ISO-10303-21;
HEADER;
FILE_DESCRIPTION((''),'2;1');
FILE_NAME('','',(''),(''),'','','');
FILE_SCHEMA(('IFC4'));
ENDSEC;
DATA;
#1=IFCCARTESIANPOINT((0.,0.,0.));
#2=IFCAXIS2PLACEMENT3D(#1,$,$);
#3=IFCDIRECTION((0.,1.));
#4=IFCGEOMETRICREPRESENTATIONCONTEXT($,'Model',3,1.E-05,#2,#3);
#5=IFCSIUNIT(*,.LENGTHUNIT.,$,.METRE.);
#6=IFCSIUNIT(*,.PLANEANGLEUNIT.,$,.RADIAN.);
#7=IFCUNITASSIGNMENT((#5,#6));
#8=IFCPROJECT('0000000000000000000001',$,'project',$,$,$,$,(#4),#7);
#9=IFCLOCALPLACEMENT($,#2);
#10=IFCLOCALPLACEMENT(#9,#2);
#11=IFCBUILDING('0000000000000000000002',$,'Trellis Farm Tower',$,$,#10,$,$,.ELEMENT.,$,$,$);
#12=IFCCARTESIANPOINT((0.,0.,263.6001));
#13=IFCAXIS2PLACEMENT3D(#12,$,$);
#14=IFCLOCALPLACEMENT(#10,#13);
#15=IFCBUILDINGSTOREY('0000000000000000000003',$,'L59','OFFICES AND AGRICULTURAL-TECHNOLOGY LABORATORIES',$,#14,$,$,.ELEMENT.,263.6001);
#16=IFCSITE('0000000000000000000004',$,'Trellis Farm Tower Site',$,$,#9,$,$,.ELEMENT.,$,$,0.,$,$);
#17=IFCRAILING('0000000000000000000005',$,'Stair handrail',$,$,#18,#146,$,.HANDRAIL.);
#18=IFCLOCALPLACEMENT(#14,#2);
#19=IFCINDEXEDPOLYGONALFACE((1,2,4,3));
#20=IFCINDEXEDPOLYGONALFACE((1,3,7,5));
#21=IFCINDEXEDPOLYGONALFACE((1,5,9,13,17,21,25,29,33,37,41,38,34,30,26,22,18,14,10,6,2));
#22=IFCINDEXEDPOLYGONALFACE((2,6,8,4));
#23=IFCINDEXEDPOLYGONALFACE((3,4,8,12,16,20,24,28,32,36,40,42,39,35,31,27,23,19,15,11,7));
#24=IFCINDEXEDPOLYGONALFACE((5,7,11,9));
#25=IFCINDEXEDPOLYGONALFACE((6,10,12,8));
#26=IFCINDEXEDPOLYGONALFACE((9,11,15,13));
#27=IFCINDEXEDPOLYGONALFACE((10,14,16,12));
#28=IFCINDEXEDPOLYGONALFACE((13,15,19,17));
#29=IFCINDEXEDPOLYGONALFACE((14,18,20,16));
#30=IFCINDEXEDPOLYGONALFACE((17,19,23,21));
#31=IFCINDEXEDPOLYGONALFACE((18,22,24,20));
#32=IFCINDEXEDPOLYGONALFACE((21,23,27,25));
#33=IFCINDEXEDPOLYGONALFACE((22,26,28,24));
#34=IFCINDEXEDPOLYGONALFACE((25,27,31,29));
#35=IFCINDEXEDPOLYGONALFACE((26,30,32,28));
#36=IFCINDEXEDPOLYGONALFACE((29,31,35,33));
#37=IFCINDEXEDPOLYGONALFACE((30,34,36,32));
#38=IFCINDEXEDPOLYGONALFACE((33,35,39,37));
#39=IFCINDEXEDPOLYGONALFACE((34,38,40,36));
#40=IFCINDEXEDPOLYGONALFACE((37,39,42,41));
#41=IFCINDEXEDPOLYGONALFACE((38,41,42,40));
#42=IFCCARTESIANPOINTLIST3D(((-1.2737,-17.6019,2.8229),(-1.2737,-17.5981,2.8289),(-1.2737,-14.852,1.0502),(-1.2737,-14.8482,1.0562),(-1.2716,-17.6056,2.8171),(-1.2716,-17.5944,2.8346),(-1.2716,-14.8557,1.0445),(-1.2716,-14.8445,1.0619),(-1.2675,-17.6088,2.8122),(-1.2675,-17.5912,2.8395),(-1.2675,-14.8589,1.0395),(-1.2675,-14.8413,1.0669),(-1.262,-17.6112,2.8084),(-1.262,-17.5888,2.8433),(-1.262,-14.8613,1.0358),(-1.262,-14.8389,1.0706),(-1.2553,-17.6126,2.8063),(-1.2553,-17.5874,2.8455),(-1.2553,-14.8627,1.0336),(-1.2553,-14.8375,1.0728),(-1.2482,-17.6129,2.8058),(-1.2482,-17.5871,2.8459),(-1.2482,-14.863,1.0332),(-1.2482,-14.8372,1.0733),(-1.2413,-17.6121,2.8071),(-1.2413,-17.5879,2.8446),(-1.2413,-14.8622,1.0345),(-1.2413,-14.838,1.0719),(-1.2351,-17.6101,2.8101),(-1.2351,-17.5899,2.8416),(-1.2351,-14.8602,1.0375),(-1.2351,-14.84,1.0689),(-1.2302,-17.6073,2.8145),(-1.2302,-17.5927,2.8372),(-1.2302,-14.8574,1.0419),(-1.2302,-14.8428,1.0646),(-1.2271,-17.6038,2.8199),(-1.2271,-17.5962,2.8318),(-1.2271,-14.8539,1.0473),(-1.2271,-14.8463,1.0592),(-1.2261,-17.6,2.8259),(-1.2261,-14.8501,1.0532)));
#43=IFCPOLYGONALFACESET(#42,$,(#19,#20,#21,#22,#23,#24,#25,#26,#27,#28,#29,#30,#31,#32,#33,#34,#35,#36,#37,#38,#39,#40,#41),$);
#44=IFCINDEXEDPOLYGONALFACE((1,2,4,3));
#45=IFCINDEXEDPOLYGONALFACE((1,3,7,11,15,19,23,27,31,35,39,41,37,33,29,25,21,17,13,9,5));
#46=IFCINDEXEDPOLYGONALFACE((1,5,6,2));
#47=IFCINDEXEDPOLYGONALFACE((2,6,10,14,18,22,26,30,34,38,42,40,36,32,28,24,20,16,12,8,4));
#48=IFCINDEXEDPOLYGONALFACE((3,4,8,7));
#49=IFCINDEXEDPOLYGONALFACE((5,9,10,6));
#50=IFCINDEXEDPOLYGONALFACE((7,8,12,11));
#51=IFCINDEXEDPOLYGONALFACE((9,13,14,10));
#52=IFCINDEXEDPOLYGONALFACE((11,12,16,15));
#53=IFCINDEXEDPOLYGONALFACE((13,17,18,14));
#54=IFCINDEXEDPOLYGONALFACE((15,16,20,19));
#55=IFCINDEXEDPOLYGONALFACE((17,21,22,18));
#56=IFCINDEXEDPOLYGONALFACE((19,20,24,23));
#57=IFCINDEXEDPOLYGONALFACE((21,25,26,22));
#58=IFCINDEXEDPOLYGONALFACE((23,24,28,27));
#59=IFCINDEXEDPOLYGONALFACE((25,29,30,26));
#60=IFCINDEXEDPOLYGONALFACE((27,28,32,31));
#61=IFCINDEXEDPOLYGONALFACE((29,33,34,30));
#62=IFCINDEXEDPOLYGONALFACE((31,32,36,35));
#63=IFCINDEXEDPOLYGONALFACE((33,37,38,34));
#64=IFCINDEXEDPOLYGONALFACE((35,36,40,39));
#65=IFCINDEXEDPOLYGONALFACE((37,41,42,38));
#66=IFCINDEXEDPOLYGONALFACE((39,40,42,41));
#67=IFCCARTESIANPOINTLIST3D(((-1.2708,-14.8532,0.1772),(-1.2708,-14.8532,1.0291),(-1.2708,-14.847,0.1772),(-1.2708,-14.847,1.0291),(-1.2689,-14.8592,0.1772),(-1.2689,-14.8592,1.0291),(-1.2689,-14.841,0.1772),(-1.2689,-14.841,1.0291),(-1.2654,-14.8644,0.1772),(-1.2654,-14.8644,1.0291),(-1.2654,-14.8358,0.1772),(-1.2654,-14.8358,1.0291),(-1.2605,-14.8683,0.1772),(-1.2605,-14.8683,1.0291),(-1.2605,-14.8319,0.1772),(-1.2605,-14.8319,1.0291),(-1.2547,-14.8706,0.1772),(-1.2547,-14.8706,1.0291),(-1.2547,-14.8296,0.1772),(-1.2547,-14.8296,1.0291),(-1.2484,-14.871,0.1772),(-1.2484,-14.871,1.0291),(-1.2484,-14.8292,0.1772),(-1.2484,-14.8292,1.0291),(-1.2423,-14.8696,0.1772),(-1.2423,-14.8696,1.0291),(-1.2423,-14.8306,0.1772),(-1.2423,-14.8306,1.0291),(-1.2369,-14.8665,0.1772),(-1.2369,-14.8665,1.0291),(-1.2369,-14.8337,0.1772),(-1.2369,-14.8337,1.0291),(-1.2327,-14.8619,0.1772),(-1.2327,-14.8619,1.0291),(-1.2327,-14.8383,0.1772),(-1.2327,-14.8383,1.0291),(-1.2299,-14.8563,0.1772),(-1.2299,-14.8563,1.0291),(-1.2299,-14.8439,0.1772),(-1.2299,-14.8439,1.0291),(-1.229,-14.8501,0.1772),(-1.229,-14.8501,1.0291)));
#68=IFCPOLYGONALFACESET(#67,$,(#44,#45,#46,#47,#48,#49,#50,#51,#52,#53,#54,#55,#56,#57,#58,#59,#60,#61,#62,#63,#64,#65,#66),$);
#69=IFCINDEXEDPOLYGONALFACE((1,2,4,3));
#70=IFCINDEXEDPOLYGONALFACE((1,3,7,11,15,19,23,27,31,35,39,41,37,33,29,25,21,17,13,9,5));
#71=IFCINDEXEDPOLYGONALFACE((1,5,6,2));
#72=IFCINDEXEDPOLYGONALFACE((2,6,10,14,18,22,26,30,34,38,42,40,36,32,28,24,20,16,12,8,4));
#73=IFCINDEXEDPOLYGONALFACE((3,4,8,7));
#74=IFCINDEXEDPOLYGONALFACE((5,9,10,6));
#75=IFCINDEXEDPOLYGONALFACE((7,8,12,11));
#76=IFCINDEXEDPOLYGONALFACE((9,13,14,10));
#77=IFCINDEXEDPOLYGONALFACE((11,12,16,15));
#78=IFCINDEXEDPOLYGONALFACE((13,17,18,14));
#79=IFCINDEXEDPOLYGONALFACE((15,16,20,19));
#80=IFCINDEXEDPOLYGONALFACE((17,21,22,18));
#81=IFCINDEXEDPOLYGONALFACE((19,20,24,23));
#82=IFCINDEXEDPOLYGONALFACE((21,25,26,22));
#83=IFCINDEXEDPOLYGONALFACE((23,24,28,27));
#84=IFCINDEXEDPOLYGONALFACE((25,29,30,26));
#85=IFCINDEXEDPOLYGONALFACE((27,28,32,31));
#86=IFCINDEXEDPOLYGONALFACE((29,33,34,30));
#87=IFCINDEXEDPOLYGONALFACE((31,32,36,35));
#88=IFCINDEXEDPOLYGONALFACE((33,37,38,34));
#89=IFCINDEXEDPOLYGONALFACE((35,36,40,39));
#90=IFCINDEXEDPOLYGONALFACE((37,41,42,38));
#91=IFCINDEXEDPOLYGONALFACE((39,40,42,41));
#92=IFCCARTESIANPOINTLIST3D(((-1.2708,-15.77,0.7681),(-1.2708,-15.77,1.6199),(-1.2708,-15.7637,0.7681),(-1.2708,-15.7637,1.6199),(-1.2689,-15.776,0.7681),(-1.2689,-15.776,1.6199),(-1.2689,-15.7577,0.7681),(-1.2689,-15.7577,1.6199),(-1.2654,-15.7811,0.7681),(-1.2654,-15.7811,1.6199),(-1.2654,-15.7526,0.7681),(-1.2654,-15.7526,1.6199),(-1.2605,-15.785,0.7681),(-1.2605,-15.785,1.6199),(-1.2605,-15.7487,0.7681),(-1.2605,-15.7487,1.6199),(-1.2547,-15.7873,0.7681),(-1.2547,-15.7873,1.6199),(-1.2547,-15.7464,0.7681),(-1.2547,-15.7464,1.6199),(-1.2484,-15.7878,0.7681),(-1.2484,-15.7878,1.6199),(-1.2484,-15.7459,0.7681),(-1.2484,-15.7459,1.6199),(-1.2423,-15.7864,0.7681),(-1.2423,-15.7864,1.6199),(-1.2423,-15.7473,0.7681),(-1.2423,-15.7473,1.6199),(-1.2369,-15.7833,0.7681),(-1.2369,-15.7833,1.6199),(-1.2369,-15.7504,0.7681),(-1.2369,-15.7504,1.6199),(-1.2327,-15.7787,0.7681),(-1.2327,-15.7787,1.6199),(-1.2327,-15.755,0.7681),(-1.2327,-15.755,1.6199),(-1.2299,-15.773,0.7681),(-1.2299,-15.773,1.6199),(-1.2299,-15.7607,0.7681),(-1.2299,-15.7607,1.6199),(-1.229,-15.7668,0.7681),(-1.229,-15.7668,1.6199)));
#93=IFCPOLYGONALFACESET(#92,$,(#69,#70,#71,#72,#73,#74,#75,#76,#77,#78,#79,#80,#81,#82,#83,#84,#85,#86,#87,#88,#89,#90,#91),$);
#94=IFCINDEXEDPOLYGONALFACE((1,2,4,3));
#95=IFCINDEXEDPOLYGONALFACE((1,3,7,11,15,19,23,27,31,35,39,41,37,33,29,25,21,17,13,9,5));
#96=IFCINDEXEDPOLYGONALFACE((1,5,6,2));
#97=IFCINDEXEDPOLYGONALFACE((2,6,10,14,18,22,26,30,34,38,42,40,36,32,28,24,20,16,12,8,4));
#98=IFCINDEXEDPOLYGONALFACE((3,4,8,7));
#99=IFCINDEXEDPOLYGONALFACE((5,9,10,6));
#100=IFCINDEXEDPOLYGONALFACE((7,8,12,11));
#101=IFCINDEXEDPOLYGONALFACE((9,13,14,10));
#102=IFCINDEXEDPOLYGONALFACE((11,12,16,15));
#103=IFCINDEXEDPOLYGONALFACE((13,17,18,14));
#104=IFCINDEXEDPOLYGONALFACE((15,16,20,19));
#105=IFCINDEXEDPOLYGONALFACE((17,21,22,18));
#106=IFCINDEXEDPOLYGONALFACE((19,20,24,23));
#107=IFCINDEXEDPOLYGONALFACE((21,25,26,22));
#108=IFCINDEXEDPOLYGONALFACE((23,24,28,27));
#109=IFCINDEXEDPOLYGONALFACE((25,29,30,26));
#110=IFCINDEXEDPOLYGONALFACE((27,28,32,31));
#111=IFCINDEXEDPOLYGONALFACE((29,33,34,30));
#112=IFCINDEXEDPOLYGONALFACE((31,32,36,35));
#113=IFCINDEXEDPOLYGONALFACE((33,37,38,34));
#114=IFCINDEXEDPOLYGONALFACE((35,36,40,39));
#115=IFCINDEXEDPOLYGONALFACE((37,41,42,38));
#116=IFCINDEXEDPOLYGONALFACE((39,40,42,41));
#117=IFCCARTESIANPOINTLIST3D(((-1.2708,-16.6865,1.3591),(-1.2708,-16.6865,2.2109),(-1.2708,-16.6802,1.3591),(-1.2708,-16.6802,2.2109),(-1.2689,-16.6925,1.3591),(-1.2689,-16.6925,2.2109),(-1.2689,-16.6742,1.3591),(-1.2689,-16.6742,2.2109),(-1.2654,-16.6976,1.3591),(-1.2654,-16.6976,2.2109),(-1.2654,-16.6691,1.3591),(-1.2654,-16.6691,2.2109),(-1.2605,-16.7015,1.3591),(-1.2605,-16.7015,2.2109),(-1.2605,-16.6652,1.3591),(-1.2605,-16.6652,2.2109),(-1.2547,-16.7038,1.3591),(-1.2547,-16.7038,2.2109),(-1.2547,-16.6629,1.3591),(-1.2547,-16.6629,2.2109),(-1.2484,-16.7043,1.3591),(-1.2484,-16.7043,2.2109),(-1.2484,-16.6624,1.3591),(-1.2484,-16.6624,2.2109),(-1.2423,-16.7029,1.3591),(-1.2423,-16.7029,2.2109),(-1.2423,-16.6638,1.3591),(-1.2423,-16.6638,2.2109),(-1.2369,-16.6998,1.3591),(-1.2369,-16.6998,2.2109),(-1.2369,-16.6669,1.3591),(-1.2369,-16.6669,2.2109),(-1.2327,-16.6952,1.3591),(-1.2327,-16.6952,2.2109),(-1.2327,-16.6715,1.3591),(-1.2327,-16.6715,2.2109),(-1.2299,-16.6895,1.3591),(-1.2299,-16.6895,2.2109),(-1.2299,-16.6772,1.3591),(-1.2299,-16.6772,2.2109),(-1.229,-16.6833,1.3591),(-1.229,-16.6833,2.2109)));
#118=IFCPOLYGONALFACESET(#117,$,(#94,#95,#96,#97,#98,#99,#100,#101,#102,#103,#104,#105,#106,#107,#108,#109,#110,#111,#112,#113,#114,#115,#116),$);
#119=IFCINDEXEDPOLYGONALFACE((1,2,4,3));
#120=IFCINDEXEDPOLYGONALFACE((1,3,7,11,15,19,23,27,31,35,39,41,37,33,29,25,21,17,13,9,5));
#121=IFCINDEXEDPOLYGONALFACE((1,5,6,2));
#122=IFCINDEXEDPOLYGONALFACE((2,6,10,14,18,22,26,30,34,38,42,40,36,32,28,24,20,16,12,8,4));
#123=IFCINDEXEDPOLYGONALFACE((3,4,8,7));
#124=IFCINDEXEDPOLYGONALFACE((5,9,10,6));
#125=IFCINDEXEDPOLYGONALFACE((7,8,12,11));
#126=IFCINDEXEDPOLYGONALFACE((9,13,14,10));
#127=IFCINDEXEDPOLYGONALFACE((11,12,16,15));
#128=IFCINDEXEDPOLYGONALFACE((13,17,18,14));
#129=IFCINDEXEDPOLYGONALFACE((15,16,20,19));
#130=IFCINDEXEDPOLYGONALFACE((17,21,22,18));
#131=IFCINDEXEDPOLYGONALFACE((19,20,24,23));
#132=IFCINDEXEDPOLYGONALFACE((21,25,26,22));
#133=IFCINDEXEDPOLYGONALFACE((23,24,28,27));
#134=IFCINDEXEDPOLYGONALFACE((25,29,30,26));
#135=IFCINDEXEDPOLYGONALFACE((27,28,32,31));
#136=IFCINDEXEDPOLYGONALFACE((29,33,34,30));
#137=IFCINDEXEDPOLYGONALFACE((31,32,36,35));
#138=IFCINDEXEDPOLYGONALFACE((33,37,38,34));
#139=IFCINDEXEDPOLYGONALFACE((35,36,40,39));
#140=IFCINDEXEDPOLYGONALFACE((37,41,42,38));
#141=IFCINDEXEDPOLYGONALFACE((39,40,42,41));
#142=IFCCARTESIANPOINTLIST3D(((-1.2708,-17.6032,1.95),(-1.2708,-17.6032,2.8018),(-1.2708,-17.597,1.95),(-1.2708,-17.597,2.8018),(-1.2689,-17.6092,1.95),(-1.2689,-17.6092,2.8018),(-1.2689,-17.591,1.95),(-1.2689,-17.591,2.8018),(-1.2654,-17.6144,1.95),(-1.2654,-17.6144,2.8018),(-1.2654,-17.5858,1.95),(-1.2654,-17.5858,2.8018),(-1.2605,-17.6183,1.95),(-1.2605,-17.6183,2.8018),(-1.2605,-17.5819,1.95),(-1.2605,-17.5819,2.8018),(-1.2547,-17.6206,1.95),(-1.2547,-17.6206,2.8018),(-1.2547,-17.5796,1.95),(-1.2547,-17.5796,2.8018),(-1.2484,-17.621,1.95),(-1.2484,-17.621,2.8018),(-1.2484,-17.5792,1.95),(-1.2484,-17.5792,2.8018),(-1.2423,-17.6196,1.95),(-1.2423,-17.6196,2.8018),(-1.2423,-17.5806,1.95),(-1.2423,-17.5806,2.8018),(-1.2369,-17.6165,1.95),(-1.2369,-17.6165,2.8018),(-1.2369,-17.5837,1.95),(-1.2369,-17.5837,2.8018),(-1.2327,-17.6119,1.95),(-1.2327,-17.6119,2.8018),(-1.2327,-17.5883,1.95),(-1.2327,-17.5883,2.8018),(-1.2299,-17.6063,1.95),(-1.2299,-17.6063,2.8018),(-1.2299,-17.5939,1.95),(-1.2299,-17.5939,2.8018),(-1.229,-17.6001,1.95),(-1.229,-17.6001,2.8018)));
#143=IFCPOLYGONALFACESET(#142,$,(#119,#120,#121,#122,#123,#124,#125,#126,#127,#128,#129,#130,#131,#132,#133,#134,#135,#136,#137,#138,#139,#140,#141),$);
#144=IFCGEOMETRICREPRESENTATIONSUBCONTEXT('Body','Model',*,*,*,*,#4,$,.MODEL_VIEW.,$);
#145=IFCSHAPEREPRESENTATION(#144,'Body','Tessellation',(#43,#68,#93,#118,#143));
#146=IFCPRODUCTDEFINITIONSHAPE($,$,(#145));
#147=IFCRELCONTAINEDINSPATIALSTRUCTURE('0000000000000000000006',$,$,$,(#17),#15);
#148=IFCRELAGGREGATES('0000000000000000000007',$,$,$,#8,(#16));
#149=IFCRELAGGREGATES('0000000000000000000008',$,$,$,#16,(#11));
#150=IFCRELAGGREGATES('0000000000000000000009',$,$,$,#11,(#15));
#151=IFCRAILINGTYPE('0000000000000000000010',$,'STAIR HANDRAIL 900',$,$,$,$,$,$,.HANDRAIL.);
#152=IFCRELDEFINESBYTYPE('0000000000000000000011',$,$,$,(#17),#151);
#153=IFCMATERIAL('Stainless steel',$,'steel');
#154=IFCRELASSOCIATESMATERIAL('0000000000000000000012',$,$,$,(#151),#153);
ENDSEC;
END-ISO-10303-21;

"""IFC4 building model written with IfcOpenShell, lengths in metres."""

from ifc_helpers import new_model, si_unit, direction, frame, origin, origin_2d, place, context, subcontext, project, spatial, circle, extrude, source, transform, mapped, material, type_object, element, save


model = new_model("IFC4")

# Units and contexts
model_context = context("Model", 3, precision=1e-05, world=origin(), true_north=direction((0.0, 1.0)))
body_context = subcontext(model_context, "Body", "Model", "MODEL_VIEW")
ifc_project = project(units=[si_unit("LENGTHUNIT", "METRE"), si_unit("PLANEANGLEUNIT", "RADIAN")], contexts=[model_context])

# Site, building, storey
site_placement = place(None, origin())
site = spatial("IfcSite", under=ifc_project, at=site_placement, Name="Trellis Farm Tower Site", CompositionType="ELEMENT", RefElevation=0.0)
building_placement = place(site_placement, origin())
building = spatial("IfcBuilding", under=site, at=building_placement, Name="Trellis Farm Tower", CompositionType="ELEMENT")
storey_placement = place(building_placement, frame((0.0, 0.0, 263.6001)))
storey = spatial("IfcBuildingStorey", under=building, at=storey_placement, Name="L59", Description="OFFICES AND AGRICULTURAL-TECHNOLOGY LABORATORIES", CompositionType="ELEMENT", Elevation=263.6001)

# Railing
ifc_material_1 = material(Name="Stainless steel", Category="steel")
railing_type = type_object("IfcRailingType", Name="STAIR HANDRAIL 900", PredefinedType="HANDRAIL", material=ifc_material_1)
shared_shape_1 = source(origin(), body_context, "Body", "SweptSolid", [
    extrude(circle(Radius=0.0239, at=origin_2d()), frame((0.0, 0.0, 0.876), z_axis=(0.0, -0.840504, 0.541806), x_axis=(1.0, 0.0, 0.0)), (0.0, 0.0, 1.0), 3.2717),
    extrude(circle(Radius=0.021, at=origin_2d()), origin(), (0.0, 0.0, 1.0), 0.8518),
    extrude(circle(Radius=0.021, at=origin_2d()), frame((0.0, -0.9167, 0.5908)), (0.0, 0.0, 1.0), 0.8518),
    extrude(circle(Radius=0.021, at=origin_2d()), frame((0.0, -1.8333, 1.1819)), (0.0, 0.0, 1.0), 0.8518),
    extrude(circle(Radius=0.021, at=origin_2d()), frame((0.0, -2.75, 1.7727)), (0.0, 0.0, 1.0), 0.8518),
])
railing_placement = place(storey_placement, frame((-1.25, -14.8501, 0.1772)))
element("IfcRailing", 1, at=railing_placement, inside=storey, type_object=railing_type, Name="Stair handrail", PredefinedType="HANDRAIL", context=body_context, shape_type="MappedRepresentation", body=[
    mapped(shared_shape_1, transform((0.0, 0.0, 0.0))),
])

save(model, "model.ifc")
